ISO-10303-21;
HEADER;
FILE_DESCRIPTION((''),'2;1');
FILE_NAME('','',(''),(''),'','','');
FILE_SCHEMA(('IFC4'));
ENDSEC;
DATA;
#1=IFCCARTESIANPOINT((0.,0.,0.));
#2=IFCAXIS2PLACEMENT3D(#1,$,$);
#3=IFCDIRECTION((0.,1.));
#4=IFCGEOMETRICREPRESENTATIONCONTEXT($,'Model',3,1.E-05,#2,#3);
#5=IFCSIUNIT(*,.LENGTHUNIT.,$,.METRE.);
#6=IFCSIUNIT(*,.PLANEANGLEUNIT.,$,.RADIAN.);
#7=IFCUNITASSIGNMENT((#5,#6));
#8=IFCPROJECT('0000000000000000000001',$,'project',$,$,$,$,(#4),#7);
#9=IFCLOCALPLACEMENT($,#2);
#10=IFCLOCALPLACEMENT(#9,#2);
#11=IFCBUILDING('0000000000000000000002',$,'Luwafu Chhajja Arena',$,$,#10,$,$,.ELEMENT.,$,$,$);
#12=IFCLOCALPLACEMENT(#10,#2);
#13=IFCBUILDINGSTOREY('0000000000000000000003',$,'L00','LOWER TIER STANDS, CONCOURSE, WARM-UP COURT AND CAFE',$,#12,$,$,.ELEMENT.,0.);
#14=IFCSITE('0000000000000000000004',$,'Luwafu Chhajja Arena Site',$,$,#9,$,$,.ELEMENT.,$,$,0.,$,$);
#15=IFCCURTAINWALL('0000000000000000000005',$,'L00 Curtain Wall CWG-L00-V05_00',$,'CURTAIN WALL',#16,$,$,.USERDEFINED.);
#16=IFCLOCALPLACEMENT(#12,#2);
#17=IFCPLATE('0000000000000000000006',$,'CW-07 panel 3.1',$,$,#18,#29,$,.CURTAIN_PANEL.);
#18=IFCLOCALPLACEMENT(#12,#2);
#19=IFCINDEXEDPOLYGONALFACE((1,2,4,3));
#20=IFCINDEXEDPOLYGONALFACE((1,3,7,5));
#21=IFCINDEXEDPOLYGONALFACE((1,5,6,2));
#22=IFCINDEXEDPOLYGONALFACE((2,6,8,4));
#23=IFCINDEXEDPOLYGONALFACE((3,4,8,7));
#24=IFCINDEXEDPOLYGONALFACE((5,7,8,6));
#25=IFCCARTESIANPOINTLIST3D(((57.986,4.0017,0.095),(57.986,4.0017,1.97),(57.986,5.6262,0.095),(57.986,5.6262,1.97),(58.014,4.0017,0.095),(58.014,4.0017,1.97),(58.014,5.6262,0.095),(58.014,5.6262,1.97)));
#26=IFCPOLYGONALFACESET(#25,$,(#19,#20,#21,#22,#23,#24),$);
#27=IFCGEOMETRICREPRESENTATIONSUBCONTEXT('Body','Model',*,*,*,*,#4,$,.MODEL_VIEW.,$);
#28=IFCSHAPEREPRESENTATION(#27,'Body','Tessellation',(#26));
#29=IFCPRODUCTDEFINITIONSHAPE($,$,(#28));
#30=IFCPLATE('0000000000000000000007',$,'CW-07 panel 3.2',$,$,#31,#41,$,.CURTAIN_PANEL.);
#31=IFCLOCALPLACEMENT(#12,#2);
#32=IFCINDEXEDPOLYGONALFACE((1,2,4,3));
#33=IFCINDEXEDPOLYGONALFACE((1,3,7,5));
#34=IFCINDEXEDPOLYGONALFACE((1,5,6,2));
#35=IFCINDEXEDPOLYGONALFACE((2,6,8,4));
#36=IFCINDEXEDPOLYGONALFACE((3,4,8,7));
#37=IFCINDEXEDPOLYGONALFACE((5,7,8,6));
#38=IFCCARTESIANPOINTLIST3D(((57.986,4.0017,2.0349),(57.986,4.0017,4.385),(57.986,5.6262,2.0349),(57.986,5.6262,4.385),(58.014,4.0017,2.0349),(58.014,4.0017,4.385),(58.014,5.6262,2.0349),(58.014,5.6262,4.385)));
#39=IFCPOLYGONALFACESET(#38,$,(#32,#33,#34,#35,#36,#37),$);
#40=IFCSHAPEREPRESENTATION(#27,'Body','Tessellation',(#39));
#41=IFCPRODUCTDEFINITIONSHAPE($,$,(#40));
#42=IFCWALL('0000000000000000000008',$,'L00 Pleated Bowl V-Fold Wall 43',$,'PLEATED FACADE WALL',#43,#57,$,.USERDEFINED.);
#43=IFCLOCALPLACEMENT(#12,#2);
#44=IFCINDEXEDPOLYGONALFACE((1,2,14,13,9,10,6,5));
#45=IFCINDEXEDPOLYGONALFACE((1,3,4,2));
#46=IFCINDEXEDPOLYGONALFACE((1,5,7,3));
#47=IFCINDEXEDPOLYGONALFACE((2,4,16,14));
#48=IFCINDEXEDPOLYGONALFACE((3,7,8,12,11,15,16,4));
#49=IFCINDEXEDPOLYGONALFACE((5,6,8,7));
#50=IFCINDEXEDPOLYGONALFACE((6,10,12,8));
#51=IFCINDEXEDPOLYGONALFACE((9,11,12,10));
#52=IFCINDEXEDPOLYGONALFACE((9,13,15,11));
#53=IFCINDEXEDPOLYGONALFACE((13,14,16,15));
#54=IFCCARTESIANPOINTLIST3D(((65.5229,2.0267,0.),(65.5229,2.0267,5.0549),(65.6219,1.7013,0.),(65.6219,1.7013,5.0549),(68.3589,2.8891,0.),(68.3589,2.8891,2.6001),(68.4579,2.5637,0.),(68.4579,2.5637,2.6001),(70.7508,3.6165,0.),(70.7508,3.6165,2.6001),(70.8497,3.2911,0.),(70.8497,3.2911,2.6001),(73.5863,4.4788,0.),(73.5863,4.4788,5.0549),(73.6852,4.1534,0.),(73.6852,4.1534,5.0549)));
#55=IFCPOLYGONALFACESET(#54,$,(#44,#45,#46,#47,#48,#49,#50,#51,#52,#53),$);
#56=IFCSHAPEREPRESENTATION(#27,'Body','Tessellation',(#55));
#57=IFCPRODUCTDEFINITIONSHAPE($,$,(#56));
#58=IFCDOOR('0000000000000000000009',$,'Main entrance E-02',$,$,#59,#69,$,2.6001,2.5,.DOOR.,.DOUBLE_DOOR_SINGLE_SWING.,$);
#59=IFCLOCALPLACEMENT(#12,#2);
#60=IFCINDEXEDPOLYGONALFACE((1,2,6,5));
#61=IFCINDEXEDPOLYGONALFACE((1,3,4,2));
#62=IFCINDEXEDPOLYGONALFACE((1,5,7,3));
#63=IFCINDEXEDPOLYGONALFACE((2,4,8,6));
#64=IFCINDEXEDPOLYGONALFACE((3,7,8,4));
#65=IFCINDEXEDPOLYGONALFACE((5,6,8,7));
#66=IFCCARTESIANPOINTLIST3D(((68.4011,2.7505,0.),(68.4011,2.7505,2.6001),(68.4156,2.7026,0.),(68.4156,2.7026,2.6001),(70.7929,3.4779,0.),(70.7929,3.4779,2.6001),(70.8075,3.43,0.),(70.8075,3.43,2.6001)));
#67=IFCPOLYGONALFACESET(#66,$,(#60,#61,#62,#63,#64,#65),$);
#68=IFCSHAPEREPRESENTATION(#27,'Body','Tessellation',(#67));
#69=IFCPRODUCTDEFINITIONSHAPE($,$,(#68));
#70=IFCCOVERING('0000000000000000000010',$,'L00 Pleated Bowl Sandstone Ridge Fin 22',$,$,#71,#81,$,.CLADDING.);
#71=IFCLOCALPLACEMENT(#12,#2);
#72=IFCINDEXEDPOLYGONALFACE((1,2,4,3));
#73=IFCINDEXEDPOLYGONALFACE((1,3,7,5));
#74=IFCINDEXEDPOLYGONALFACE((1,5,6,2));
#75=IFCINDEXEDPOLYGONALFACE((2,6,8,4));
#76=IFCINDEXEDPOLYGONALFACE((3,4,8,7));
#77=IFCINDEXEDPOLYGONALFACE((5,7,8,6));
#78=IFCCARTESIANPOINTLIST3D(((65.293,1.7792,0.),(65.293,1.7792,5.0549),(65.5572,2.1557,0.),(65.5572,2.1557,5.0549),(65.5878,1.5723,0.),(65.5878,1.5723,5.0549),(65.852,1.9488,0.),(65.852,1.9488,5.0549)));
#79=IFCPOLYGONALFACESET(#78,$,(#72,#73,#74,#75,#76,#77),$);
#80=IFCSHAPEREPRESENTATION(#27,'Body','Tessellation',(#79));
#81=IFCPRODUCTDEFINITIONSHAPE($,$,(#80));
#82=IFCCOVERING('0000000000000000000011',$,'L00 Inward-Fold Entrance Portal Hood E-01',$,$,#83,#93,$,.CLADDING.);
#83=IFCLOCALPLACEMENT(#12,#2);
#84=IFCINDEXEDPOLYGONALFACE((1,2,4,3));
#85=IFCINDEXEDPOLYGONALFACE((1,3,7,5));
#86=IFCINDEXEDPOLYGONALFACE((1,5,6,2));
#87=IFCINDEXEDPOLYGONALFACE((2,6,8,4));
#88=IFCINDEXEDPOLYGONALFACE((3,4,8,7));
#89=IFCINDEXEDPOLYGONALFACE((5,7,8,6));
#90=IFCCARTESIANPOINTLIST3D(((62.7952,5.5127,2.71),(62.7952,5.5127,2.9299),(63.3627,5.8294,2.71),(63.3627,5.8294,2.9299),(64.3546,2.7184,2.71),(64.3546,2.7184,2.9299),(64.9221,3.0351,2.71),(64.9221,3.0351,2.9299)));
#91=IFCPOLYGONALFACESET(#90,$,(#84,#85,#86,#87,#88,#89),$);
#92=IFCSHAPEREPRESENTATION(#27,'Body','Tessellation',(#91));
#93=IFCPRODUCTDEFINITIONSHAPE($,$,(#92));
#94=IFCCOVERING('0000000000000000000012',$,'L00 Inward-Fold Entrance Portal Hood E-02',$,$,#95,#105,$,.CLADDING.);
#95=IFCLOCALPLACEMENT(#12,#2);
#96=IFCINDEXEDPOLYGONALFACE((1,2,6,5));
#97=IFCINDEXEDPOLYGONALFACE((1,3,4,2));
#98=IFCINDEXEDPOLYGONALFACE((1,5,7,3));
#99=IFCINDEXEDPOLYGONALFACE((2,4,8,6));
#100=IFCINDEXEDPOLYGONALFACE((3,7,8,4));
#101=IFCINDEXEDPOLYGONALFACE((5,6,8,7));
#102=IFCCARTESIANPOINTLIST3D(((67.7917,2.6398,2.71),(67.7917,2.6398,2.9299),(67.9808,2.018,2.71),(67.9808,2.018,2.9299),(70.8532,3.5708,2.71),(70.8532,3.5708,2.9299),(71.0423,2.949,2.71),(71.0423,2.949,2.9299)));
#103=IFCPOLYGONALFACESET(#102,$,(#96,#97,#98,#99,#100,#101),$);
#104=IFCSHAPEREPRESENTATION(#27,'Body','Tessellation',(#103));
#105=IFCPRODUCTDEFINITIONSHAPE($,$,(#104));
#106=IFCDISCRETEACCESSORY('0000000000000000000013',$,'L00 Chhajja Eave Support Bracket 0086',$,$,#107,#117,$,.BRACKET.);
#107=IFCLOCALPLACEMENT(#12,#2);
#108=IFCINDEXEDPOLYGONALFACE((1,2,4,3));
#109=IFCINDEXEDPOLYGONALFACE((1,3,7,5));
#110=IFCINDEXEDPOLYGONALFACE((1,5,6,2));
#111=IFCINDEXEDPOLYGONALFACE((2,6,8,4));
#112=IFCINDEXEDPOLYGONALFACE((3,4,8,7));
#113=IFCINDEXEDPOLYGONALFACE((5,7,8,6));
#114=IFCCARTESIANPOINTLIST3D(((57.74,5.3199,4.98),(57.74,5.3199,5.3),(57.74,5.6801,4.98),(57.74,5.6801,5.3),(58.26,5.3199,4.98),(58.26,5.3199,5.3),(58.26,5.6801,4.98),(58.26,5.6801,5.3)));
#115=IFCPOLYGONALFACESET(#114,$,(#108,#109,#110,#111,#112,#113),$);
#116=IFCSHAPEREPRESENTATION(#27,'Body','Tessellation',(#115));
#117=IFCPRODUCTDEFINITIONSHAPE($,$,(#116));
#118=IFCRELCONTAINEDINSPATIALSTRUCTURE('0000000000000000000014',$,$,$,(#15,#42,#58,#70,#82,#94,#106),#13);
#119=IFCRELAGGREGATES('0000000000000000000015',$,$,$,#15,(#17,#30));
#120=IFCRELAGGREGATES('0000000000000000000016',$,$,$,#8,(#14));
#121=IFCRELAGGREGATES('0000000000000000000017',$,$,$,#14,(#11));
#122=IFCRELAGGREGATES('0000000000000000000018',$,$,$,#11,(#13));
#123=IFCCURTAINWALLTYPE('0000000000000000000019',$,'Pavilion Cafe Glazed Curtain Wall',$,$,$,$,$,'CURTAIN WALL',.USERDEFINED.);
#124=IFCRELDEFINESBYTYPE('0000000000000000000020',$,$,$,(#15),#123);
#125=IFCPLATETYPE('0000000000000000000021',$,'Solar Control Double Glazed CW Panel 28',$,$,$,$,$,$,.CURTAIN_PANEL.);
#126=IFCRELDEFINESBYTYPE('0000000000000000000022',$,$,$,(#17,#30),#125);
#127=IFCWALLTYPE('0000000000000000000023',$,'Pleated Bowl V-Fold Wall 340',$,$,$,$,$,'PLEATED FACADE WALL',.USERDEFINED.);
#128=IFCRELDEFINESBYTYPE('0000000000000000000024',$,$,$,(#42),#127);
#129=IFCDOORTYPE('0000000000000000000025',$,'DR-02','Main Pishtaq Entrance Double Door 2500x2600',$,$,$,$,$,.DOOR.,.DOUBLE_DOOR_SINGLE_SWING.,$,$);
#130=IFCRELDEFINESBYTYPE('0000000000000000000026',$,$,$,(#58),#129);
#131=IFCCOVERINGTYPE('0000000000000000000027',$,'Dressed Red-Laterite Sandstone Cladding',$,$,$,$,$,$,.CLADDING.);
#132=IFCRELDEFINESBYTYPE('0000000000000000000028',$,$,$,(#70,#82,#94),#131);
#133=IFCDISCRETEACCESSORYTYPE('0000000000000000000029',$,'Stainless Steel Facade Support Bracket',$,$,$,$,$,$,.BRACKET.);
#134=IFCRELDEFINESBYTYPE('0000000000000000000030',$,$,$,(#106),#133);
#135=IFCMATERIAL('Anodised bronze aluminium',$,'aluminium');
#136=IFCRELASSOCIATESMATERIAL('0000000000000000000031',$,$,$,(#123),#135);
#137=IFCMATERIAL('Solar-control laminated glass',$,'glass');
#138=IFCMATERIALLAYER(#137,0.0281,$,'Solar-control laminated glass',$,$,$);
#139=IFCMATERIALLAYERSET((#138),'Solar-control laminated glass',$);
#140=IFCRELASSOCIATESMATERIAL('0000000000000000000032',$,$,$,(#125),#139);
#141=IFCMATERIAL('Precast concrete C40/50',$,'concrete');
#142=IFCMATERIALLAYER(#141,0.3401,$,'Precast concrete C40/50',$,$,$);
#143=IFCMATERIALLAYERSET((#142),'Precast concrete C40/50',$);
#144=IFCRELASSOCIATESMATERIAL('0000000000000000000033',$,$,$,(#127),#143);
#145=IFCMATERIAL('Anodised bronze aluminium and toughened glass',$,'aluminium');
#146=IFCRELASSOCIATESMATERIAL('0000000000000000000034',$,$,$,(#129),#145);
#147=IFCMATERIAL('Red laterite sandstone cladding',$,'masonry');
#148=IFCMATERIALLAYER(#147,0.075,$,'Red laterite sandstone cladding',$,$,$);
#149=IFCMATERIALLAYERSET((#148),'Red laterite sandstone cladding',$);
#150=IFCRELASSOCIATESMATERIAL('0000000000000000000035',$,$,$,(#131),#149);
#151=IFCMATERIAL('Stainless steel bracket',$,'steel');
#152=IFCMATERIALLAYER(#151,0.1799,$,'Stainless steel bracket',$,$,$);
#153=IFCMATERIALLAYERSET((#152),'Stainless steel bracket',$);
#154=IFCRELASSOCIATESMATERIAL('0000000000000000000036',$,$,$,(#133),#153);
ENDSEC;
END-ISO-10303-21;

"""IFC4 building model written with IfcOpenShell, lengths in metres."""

from ifc_helpers import new_model, si_unit, direction, frame, frame_2d, origin, origin_2d, place, context, subcontext, project, spatial, rectangle, extrude, material, layer, layer_set, type_object, element, fill, aggregate, save


model = new_model("IFC4")

# Units and contexts
model_context = context("Model", 3, precision=1e-05, world=origin(), true_north=direction((0.0, 1.0)))
body_context = subcontext(model_context, "Body", "Model", "MODEL_VIEW")
ifc_project = project(units=[si_unit("LENGTHUNIT", "METRE"), si_unit("PLANEANGLEUNIT", "RADIAN")], contexts=[model_context])

# Site, building, storey
site_placement = place(None, origin())
site = spatial("IfcSite", under=ifc_project, at=site_placement, Name="Luwafu Chhajja Arena Site", CompositionType="ELEMENT", RefElevation=0.0)
building_placement = place(site_placement, origin())
building = spatial("IfcBuilding", under=site, at=building_placement, Name="Luwafu Chhajja Arena", CompositionType="ELEMENT")
storey_placement = place(building_placement, origin())
storey = spatial("IfcBuildingStorey", under=building, at=storey_placement, Name="L00", Description="LOWER TIER STANDS, CONCOURSE, WARM-UP COURT AND CAFE", CompositionType="ELEMENT", Elevation=0.0)

# Curtain wall
ifc_material_1 = material(Name="Anodised bronze aluminium", Category="aluminium")
curtain_wall_type = type_object("IfcCurtainWallType", Name="Pavilion Cafe Glazed Curtain Wall", ElementType="CURTAIN WALL", PredefinedType="USERDEFINED", material=ifc_material_1)
curtain_wall_placement = place(storey_placement, origin())
curtain_wall = element("IfcCurtainWall", 1, at=curtain_wall_placement, inside=storey, type_object=curtain_wall_type, Name="L00 Curtain Wall CWG-L00-V05_00", ObjectType="CURTAIN WALL", PredefinedType="USERDEFINED")

# Plates
ifc_material_2 = material(Name="Solar-control laminated glass", Category="glass")
ifc_layer_1 = layer(ifc_material_2, 0.0281, Name="Solar-control laminated glass")
ifc_layer_set_1 = layer_set([ifc_layer_1], Name="Solar-control laminated glass")
plate_type = type_object("IfcPlateType", Name="Solar Control Double Glazed CW Panel 28", PredefinedType="CURTAIN_PANEL", material=ifc_layer_set_1)
plate_1_placement = place(storey_placement, frame((58.0, 4.814, 0.095), z_axis=(0.0, 0.0, 1.0), x_axis=(0.0, 1.0, 0.0)))
plate_1 = element("IfcPlate", 2, at=plate_1_placement, type_object=plate_type, Name="CW-07 panel 3.1", PredefinedType="CURTAIN_PANEL", context=body_context, shape_type="SweptSolid", body=[
    extrude(rectangle(XDim=1.6245, YDim=0.0281, at=origin_2d()), origin(), (0.0, 0.0, 1.0), 1.875),
])
plate_2_placement = place(storey_placement, frame((58.0, 4.814, 2.0349), z_axis=(0.0, 0.0, 1.0), x_axis=(0.0, 1.0, 0.0)))
plate_2 = element("IfcPlate", 3, at=plate_2_placement, type_object=plate_type, Name="CW-07 panel 3.2", PredefinedType="CURTAIN_PANEL", context=body_context, shape_type="SweptSolid", body=[
    extrude(rectangle(XDim=1.6245, YDim=0.0281, at=origin_2d()), origin(), (0.0, 0.0, 1.0), 2.3501),
])
aggregate(curtain_wall, [plate_1, plate_2])

# Wall, opening, door
ifc_material_3 = material(Name="Precast concrete C40/50", Category="concrete")
ifc_layer_2 = layer(ifc_material_3, 0.3401, Name="Precast concrete C40/50")
ifc_layer_set_2 = layer_set([ifc_layer_2], Name="Precast concrete C40/50")
wall_type = type_object("IfcWallType", Name="Pleated Bowl V-Fold Wall 340", ElementType="PLEATED FACADE WALL", PredefinedType="USERDEFINED", material=ifc_layer_set_2)
wall_placement = place(storey_placement, frame((65.5725, 1.864, 0.0), z_axis=(0.0, 0.0, 1.0), x_axis=(0.956738, 0.29095, 0.0)))
wall = element("IfcWall", 4, at=wall_placement, inside=storey, type_object=wall_type, Name="L00 Pleated Bowl V-Fold Wall 43", ObjectType="PLEATED FACADE WALL", PredefinedType="USERDEFINED", context=body_context, shape_type="SweptSolid", body=[
    extrude(rectangle(XDim=8.428, YDim=0.3401, at=frame_2d((4.2139, 0.0))), origin(), (0.0, 0.0, 1.0), 5.0549),
])
opening_placement = place(wall_placement, frame((2.9641, 0.0, 0.0)))
opening = element("IfcOpeningElement", 5, at=opening_placement, cuts=wall, PredefinedType="OPENING", context=body_context, shape_type="SweptSolid", body=[
    extrude(rectangle(XDim=2.5, YDim=2.6001, at=frame_2d((1.25, 1.3))), frame((0.0, 0.1799, 0.0), z_axis=(0.0, -1.0, 0.0), x_axis=(1.0, 0.0, 0.0)), (0.0, 0.0, 1.0), 0.3601),
])
ifc_material_4 = material(Name="Anodised bronze aluminium and toughened glass", Category="aluminium")
door_type = type_object("IfcDoorType", Name="DR-02", Description="Main Pishtaq Entrance Double Door 2500x2600", OperationType="DOUBLE_DOOR_SINGLE_SWING", PredefinedType="DOOR", material=ifc_material_4)
door_placement = place(opening_placement, frame((2.5, 0.0, 0.0), z_axis=(0.0, 0.0, 1.0), x_axis=(-1.0, 0.0, 0.0)))
door = element("IfcDoor", 6, at=door_placement, inside=storey, type_object=door_type, Name="Main entrance E-02", OperationType="DOUBLE_DOOR_SINGLE_SWING", OverallHeight=2.6001, OverallWidth=2.5, PredefinedType="DOOR", context=body_context, shape_type="SweptSolid", body=[
    extrude(rectangle(XDim=2.5, YDim=2.6001, at=frame_2d((1.25, 1.3))), frame((0.0, 0.0249, 0.0), z_axis=(0.0, -1.0, 0.0), x_axis=(1.0, 0.0, 0.0)), (0.0, 0.0, 1.0), 0.05),
])
fill(opening, door)

# Coverings
ifc_material_5 = material(Name="Red laterite sandstone cladding", Category="masonry")
ifc_layer_3 = layer(ifc_material_5, 0.075, Name="Red laterite sandstone cladding")
ifc_layer_set_3 = layer_set([ifc_layer_3], Name="Red laterite sandstone cladding")
covering_type = type_object("IfcCoveringType", Name="Dressed Red-Laterite Sandstone Cladding", PredefinedType="CLADDING", material=ifc_layer_set_3)
covering_placement = place(storey_placement, frame((65.5725, 1.864, 0.0), z_axis=(0.0, 0.0, 1.0), x_axis=(-0.574411, -0.818567, 0.0)))
element("IfcCovering", 7, at=covering_placement, inside=storey, type_object=covering_type, Name="L00 Pleated Bowl Sandstone Ridge Fin 22", PredefinedType="CLADDING", context=body_context, shape_type="SweptSolid", body=[
    extrude(rectangle(XDim=0.46, YDim=0.3601, at=origin_2d()), origin(), (0.0, 0.0, 1.0), 5.0549),
])
for number, where, z_axis, x_axis, name in (
    (8, (63.8586, 4.2739, 2.71), (0.0, 0.0, 1.0), (0.487313, -0.873227, 0.0), "L00 Inward-Fold Entrance Portal Hood E-01"),
    (9, (69.417, 2.7944, 2.71), (0.0, 0.0, 1.0), (0.95674, 0.290943, 0.0), "L00 Inward-Fold Entrance Portal Hood E-02"),
):
    element("IfcCovering", number, at=place(storey_placement, frame(where, z_axis=z_axis, x_axis=x_axis)), inside=storey, type_object=covering_type, Name=name, PredefinedType="CLADDING", context=body_context, shape_type="SweptSolid", body=[
        extrude(rectangle(XDim=3.2, YDim=0.6499, at=origin_2d()), origin(), (0.0, 0.0, 1.0), 0.22),
    ])

# Discrete accessory
ifc_material_6 = material(Name="Stainless steel bracket", Category="steel")
ifc_layer_4 = layer(ifc_material_6, 0.1799, Name="Stainless steel bracket")
ifc_layer_set_4 = layer_set([ifc_layer_4], Name="Stainless steel bracket")
discrete_accessory_type = type_object("IfcDiscreteAccessoryType", Name="Stainless Steel Facade Support Bracket", PredefinedType="BRACKET", material=ifc_layer_set_4)
discrete_accessory_placement = place(storey_placement, frame((58.0, 5.5, 4.98), z_axis=(0.0, 0.0, 1.0), x_axis=(0.0, 1.0, 0.0)))
element("IfcDiscreteAccessory", 10, at=discrete_accessory_placement, inside=storey, type_object=discrete_accessory_type, Name="L00 Chhajja Eave Support Bracket 0086", PredefinedType="BRACKET", context=body_context, shape_type="SweptSolid", body=[
    extrude(rectangle(XDim=0.3601, YDim=0.52, at=origin_2d()), origin(), (0.0, 0.0, 1.0), 0.3201),
])

save(model, "model.ifc")
